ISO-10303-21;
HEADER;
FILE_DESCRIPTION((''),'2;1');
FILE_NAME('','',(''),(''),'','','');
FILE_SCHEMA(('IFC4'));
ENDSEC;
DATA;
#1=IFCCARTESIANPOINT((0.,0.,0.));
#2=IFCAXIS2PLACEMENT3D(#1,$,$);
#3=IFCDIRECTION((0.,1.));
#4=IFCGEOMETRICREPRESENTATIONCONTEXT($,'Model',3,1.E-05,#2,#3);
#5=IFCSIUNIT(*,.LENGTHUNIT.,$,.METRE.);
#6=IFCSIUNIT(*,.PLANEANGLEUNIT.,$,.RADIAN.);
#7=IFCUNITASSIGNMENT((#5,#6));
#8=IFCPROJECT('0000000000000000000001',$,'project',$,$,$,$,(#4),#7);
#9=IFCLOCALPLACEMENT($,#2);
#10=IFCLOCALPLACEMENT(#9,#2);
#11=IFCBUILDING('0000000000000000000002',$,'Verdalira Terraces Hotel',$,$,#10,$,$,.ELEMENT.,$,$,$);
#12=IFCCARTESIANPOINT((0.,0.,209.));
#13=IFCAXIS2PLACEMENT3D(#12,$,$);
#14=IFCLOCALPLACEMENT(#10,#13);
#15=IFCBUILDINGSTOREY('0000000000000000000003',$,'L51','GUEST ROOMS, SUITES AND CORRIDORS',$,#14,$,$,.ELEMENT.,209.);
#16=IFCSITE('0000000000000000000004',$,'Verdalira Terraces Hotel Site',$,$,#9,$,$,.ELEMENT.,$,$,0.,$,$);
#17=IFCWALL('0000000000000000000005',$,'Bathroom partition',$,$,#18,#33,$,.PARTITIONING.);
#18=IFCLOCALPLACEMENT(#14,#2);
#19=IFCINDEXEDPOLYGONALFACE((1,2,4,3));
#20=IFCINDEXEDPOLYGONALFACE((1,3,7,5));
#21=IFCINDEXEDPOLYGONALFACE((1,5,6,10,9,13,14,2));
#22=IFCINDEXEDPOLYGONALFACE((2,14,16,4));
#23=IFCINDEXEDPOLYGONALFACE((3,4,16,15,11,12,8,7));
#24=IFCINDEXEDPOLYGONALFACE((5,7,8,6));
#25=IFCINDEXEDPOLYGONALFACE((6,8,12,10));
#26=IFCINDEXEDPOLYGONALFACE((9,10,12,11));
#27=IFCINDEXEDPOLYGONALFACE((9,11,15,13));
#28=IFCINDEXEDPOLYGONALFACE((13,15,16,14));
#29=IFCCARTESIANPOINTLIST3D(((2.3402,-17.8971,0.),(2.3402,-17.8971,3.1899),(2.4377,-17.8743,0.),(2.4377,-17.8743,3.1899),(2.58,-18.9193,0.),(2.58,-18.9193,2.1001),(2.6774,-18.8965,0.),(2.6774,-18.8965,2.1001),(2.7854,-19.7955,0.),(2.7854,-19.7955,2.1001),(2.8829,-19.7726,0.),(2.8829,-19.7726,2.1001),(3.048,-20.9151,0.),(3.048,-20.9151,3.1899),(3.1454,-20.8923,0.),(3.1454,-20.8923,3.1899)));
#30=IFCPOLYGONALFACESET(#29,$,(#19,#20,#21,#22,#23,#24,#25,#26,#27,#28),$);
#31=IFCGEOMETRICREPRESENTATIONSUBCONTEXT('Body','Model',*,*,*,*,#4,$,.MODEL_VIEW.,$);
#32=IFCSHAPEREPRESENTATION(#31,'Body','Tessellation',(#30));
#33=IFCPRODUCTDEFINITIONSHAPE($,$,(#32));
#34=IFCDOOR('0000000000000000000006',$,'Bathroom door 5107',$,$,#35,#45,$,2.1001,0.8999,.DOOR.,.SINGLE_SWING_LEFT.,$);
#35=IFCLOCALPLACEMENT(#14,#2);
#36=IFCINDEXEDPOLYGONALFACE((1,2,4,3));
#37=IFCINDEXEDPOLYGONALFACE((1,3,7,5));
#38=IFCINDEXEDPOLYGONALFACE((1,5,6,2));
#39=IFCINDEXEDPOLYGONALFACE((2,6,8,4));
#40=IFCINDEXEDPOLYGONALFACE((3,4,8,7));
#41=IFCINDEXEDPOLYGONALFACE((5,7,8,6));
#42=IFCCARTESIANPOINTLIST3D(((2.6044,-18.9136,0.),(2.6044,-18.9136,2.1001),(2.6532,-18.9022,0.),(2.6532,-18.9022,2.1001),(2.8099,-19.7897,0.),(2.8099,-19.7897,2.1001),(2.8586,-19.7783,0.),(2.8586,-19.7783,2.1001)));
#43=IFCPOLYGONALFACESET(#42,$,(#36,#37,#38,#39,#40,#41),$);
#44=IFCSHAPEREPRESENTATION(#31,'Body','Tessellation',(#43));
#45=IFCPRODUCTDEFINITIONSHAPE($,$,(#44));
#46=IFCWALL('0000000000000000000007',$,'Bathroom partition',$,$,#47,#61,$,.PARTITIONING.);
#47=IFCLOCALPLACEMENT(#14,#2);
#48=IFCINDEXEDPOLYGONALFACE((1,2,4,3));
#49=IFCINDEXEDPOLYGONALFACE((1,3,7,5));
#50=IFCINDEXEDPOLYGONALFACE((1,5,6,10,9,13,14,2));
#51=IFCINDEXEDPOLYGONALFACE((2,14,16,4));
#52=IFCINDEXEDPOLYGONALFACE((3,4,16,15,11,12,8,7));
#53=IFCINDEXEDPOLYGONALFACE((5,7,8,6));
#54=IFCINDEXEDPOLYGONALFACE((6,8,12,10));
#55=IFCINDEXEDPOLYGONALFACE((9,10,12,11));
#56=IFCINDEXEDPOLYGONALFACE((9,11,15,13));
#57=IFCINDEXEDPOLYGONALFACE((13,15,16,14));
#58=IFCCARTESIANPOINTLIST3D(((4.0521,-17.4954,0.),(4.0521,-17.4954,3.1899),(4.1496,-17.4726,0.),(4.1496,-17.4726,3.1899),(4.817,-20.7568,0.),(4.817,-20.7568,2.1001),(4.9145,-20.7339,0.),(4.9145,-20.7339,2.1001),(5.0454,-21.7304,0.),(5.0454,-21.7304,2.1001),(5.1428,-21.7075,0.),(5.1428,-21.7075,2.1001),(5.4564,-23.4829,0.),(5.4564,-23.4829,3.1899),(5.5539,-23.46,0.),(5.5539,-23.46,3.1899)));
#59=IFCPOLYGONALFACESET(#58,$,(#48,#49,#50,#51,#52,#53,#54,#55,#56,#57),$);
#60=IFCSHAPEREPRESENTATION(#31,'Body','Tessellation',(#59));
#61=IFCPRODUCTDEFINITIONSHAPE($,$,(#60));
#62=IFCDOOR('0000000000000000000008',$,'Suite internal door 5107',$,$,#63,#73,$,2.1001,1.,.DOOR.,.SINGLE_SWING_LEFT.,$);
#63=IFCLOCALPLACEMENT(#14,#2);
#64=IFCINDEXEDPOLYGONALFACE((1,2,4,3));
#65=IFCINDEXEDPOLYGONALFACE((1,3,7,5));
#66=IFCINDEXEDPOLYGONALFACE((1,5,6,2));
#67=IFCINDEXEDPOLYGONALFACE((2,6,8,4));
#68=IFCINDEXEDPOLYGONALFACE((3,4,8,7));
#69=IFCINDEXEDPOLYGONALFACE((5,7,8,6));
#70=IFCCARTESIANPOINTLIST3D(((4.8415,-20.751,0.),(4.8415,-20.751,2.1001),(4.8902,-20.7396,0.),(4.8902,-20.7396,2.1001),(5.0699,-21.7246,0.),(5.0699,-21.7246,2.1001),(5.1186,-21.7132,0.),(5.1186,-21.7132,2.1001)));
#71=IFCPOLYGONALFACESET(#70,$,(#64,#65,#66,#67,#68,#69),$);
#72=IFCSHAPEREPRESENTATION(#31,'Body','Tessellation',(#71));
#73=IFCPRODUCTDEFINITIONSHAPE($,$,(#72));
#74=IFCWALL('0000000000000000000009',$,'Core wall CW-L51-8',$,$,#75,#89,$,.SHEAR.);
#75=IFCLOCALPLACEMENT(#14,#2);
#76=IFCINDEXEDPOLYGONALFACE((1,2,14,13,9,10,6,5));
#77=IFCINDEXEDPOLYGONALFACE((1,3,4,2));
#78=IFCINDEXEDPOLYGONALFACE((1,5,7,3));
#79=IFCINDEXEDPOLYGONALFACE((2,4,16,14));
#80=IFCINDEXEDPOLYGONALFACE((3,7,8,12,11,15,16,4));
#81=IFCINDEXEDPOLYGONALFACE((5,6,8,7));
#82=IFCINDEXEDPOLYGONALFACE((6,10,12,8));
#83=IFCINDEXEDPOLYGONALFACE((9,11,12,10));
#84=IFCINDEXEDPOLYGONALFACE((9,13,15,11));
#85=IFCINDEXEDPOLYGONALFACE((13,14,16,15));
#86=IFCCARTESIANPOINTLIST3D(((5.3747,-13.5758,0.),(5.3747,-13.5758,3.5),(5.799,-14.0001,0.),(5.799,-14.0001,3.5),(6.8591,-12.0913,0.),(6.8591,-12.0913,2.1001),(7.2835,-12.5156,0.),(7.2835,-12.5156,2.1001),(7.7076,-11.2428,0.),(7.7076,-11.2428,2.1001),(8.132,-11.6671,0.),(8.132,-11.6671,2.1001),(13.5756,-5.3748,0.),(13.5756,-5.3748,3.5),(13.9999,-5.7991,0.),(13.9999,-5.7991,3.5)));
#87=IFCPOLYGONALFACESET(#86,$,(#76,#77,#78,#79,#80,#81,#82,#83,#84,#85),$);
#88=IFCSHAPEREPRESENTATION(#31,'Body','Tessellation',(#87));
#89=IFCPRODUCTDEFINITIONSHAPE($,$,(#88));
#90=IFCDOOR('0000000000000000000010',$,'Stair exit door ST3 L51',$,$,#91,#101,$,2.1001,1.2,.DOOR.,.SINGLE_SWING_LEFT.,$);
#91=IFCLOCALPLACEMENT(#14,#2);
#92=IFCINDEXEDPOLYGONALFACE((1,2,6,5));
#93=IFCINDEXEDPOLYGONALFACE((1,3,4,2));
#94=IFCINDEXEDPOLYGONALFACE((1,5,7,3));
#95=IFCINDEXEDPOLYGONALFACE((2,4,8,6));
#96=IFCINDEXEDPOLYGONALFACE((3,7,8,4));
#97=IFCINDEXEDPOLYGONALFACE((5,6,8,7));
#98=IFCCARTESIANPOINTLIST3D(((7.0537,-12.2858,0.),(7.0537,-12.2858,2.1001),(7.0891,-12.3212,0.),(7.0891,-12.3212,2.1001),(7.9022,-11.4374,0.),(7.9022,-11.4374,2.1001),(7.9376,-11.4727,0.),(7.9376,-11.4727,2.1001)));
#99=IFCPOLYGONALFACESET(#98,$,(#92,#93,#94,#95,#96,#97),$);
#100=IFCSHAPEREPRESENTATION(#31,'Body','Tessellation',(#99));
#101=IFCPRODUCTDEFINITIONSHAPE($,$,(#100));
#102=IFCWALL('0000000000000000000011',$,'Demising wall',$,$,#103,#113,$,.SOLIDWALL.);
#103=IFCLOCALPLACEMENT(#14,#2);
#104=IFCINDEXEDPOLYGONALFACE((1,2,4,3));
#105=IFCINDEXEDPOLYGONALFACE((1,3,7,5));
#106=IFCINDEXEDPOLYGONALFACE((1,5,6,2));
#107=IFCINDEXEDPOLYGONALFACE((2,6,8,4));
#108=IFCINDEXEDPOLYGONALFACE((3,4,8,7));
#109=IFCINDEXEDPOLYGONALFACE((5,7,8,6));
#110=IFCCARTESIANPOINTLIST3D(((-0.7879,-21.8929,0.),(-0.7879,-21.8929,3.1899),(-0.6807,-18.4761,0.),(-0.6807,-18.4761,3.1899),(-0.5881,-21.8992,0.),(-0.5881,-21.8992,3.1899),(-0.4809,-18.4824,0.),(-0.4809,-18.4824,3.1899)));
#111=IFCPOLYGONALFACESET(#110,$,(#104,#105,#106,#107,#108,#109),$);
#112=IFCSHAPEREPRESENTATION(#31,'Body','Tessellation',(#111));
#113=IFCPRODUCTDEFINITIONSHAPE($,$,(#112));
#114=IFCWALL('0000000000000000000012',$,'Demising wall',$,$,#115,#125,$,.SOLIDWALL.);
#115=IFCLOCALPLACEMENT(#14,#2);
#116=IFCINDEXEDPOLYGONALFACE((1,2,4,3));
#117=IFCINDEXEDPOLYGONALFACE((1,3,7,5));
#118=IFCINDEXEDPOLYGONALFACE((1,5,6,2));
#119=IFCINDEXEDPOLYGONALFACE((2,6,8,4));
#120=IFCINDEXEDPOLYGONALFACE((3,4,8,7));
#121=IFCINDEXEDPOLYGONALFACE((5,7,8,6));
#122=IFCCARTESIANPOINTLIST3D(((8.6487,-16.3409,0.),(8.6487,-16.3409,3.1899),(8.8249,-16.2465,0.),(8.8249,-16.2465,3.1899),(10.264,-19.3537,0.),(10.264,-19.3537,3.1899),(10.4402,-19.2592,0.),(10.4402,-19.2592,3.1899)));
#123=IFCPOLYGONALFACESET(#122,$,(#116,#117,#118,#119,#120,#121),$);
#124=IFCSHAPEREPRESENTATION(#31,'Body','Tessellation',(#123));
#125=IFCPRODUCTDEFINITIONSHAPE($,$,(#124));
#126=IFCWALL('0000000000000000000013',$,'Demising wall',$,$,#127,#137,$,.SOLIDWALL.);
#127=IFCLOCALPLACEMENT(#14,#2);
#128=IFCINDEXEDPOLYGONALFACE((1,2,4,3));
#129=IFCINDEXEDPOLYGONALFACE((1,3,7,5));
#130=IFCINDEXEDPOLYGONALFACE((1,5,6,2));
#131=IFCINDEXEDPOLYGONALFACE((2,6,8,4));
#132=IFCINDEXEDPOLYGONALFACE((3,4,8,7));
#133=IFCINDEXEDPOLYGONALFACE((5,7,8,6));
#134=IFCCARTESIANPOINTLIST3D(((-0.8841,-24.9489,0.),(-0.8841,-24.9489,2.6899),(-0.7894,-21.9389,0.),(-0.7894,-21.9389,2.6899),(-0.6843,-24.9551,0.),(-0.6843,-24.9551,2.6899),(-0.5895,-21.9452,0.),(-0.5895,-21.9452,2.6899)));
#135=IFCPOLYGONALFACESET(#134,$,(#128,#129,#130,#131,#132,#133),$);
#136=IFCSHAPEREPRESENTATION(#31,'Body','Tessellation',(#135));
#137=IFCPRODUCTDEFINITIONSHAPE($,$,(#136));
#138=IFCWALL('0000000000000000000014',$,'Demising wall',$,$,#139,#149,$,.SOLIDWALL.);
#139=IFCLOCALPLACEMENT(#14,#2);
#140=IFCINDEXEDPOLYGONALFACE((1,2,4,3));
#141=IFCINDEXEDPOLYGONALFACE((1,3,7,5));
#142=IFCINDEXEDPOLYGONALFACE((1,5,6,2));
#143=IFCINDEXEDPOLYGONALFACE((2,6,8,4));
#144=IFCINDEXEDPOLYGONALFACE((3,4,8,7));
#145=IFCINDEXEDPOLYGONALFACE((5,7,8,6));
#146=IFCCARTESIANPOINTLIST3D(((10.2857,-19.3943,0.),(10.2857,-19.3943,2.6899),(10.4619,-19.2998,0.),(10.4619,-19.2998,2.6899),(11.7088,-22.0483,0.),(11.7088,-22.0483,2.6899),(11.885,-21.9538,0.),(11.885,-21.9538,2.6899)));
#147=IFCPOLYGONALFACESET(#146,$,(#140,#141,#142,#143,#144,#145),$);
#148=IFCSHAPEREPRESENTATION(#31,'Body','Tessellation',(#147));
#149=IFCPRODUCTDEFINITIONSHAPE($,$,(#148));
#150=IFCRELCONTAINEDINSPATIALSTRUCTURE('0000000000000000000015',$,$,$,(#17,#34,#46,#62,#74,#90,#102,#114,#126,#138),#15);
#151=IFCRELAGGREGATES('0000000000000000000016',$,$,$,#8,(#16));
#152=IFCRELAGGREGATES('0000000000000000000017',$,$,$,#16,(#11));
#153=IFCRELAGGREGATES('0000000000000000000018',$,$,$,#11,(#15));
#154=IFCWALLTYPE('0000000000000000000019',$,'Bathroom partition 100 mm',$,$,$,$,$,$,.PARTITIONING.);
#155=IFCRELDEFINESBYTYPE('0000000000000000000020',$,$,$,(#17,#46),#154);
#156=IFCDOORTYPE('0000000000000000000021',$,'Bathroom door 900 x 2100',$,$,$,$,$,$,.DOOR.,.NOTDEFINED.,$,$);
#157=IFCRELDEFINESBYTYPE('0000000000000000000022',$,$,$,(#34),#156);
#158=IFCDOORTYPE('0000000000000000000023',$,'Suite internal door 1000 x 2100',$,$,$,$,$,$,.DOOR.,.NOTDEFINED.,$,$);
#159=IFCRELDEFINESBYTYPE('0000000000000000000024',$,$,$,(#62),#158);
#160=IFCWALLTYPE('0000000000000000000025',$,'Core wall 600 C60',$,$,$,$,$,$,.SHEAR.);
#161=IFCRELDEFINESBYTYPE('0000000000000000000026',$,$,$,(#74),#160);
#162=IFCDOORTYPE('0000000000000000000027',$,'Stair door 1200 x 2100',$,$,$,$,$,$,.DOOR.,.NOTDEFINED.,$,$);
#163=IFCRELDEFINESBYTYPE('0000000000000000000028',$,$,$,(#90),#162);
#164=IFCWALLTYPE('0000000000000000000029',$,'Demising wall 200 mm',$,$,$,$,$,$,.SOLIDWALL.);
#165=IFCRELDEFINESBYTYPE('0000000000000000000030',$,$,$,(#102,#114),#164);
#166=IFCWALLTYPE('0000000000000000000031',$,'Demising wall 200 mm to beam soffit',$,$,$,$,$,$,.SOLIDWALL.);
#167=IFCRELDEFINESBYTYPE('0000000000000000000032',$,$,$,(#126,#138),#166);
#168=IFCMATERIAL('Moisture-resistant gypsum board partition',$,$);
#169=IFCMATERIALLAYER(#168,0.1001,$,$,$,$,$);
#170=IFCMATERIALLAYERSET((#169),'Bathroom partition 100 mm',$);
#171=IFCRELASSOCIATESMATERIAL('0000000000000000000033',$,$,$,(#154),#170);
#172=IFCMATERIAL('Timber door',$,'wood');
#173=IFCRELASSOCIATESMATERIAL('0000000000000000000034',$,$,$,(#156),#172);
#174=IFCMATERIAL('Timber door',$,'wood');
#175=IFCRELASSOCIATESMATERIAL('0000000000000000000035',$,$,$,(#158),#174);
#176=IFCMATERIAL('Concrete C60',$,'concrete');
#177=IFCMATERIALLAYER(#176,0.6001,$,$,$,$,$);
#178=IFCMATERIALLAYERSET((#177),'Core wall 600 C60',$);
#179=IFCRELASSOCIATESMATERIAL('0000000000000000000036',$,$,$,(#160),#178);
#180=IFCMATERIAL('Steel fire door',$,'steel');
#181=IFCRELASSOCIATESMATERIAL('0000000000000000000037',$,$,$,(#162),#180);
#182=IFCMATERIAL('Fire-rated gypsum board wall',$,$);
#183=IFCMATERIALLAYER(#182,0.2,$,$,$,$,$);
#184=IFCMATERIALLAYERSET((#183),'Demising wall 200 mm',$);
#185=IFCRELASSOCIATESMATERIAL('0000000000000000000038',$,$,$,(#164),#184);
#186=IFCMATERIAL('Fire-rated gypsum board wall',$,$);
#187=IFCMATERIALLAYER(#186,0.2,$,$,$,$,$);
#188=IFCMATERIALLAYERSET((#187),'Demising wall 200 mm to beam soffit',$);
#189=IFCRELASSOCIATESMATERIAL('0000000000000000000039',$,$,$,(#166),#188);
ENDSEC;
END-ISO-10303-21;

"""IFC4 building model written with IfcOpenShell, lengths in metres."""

from ifc_helpers import new_model, si_unit, direction, frame, frame_2d, origin, place, context, subcontext, project, spatial, rectangle, extrude, material, layer, layer_set, type_object, element, fill, save


model = new_model("IFC4")

# Units and contexts
model_context = context("Model", 3, precision=1e-05, world=origin(), true_north=direction((0.0, 1.0)))
body_context = subcontext(model_context, "Body", "Model", "MODEL_VIEW")
ifc_project = project(units=[si_unit("LENGTHUNIT", "METRE"), si_unit("PLANEANGLEUNIT", "RADIAN")], contexts=[model_context])

# Site, building, storey
site_placement = place(None, origin())
site = spatial("IfcSite", under=ifc_project, at=site_placement, Name="Verdalira Terraces Hotel Site", CompositionType="ELEMENT", RefElevation=0.0)
building_placement = place(site_placement, origin())
building = spatial("IfcBuilding", under=site, at=building_placement, Name="Verdalira Terraces Hotel", CompositionType="ELEMENT")
storey_placement = place(building_placement, frame((0.0, 0.0, 209.0)))
storey = spatial("IfcBuildingStorey", under=building, at=storey_placement, Name="L51", Description="GUEST ROOMS, SUITES AND CORRIDORS", CompositionType="ELEMENT", Elevation=209.0)

# Shared definitions
ifc_material_1 = material(Name="Moisture-resistant gypsum board partition")
ifc_layer_1 = layer(ifc_material_1, 0.1001)
ifc_layer_set_1 = layer_set([ifc_layer_1], Name="Bathroom partition 100 mm")
wall_type_1 = type_object("IfcWallType", Name="Bathroom partition 100 mm", PredefinedType="PARTITIONING", material=ifc_layer_set_1)

# Walls, openings, doors
wall_1_placement = place(storey_placement, frame((3.0967, -20.9036, 0.0), z_axis=(0.0, 0.0, 1.0), x_axis=(-0.228315, 0.973587, 0.0)))
wall_1 = element("IfcWall", 1, at=wall_1_placement, inside=storey, type_object=wall_type_1, Name="Bathroom partition", PredefinedType="PARTITIONING", context=body_context, shape_type="SweptSolid", body=[
    extrude(rectangle(XDim=3.0999, YDim=0.1001, at=frame_2d((1.5498, 0.0))), origin(), (0.0, 0.0, 1.0), 3.1899),
])
opening_1_placement = place(wall_1_placement, frame((1.1499, 0.0, 0.0)))
opening_1 = element("IfcOpeningElement", 2, at=opening_1_placement, cuts=wall_1, PredefinedType="OPENING", context=body_context, shape_type="SweptSolid", body=[
    extrude(rectangle(XDim=0.8999, YDim=2.1001, at=frame_2d((0.45, 1.05))), frame((0.0, 0.0601, 0.0), z_axis=(0.0, -1.0, 0.0), x_axis=(1.0, 0.0, 0.0)), (0.0, 0.0, 1.0), 0.1201),
])
ifc_material_2 = material(Name="Timber door", Category="wood")
door_type_1 = type_object("IfcDoorType", Name="Bathroom door 900 x 2100", OperationType="NOTDEFINED", PredefinedType="DOOR", material=ifc_material_2)
door_1_placement = place(opening_1_placement, origin())
door_1 = element("IfcDoor", 3, at=door_1_placement, inside=storey, type_object=door_type_1, Name="Bathroom door 5107", OperationType="SINGLE_SWING_LEFT", OverallHeight=2.1001, OverallWidth=0.8999, PredefinedType="DOOR", context=body_context, shape_type="SweptSolid", body=[
    extrude(rectangle(XDim=0.8999, YDim=2.1001, at=frame_2d((0.45, 1.05))), frame((0.0, 0.0249, 0.0), z_axis=(0.0, -1.0, 0.0), x_axis=(1.0, 0.0, 0.0)), (0.0, 0.0, 1.0), 0.05),
])
fill(opening_1, door_1)
wall_2_placement = place(storey_placement, frame((5.5051, -23.4714, 0.0), z_axis=(0.0, 0.0, 1.0), x_axis=(-0.22834, 0.973581, 0.0)))
wall_2 = element("IfcWall", 4, at=wall_2_placement, inside=storey, type_object=wall_type_1, Name="Bathroom partition", PredefinedType="PARTITIONING", context=body_context, shape_type="SweptSolid", body=[
    extrude(rectangle(XDim=6.1499, YDim=0.1001, at=frame_2d((3.075, 0.0))), origin(), (0.0, 0.0, 1.0), 3.1899),
])
opening_2_placement = place(wall_2_placement, frame((1.8, 0.0, 0.0)))
opening_2 = element("IfcOpeningElement", 5, at=opening_2_placement, cuts=wall_2, PredefinedType="OPENING", context=body_context, shape_type="SweptSolid", body=[
    extrude(rectangle(XDim=1.0, YDim=2.1001, at=frame_2d((0.5, 1.05))), frame((0.0, 0.0601, 0.0), z_axis=(0.0, -1.0, 0.0), x_axis=(1.0, 0.0, 0.0)), (0.0, 0.0, 1.0), 0.1201),
])
ifc_material_3 = material(Name="Timber door", Category="wood")
door_type_2 = type_object("IfcDoorType", Name="Suite internal door 1000 x 2100", OperationType="NOTDEFINED", PredefinedType="DOOR", material=ifc_material_3)
door_2_placement = place(opening_2_placement, origin())
door_2 = element("IfcDoor", 6, at=door_2_placement, inside=storey, type_object=door_type_2, Name="Suite internal door 5107", OperationType="SINGLE_SWING_LEFT", OverallHeight=2.1001, OverallWidth=1.0, PredefinedType="DOOR", context=body_context, shape_type="SweptSolid", body=[
    extrude(rectangle(XDim=1.0, YDim=2.1001, at=frame_2d((0.5, 1.05))), frame((0.0, 0.0249, 0.0), z_axis=(0.0, -1.0, 0.0), x_axis=(1.0, 0.0, 0.0)), (0.0, 0.0, 1.0), 0.05),
])
fill(opening_2, door_2)
ifc_material_4 = material(Name="Concrete C60", Category="concrete")
ifc_layer_2 = layer(ifc_material_4, 0.6001)
ifc_layer_set_2 = layer_set([ifc_layer_2], Name="Core wall 600 C60")
wall_type_2 = type_object("IfcWallType", Name="Core wall 600 C60", PredefinedType="SHEAR", material=ifc_layer_set_2)
wall_3_placement = place(storey_placement, frame((5.5869, -13.7878, 0.0), z_axis=(0.0, 0.0, 1.0), x_axis=(0.707107, 0.707107, 0.0)))
wall_3 = element("IfcWall", 7, at=wall_3_placement, inside=storey, type_object=wall_type_2, Name="Core wall CW-L51-8", PredefinedType="SHEAR", context=body_context, shape_type="SweptSolid", body=[
    extrude(rectangle(XDim=11.5979, YDim=0.6001, at=frame_2d((5.7988, 0.0))), origin(), (0.0, 0.0, 1.0), 3.5),
])
opening_3_placement = place(wall_3_placement, frame((2.0991, 0.0, 0.0)))
opening_3 = element("IfcOpeningElement", 8, at=opening_3_placement, cuts=wall_3, PredefinedType="OPENING", context=body_context, shape_type="SweptSolid", body=[
    extrude(rectangle(XDim=1.2, YDim=2.1001, at=frame_2d((0.6001, 1.05))), frame((0.0, 0.3101, 0.0), z_axis=(0.0, -1.0, 0.0), x_axis=(1.0, 0.0, 0.0)), (0.0, 0.0, 1.0), 0.6201),
])
ifc_material_5 = material(Name="Steel fire door", Category="steel")
door_type_3 = type_object("IfcDoorType", Name="Stair door 1200 x 2100", OperationType="NOTDEFINED", PredefinedType="DOOR", material=ifc_material_5)
door_3_placement = place(opening_3_placement, origin())
door_3 = element("IfcDoor", 9, at=door_3_placement, inside=storey, type_object=door_type_3, Name="Stair exit door ST3 L51", OperationType="SINGLE_SWING_LEFT", OverallHeight=2.1001, OverallWidth=1.2, PredefinedType="DOOR", context=body_context, shape_type="SweptSolid", body=[
    extrude(rectangle(XDim=1.2, YDim=2.1001, at=frame_2d((0.6001, 1.05))), frame((0.0, 0.0249, 0.0), z_axis=(0.0, -1.0, 0.0), x_axis=(1.0, 0.0, 0.0)), (0.0, 0.0, 1.0), 0.05),
])
fill(opening_3, door_3)

# Walls
ifc_material_6 = material(Name="Fire-rated gypsum board wall")
ifc_layer_3 = layer(ifc_material_6, 0.2)
ifc_layer_set_3 = layer_set([ifc_layer_3], Name="Demising wall 200 mm")
wall_type_3 = type_object("IfcWallType", Name="Demising wall 200 mm", PredefinedType="SOLIDWALL", material=ifc_layer_set_3)
for number, where, z_axis, x_axis, name in (
    (10, (-0.5808, -18.4792, 0.0), (0.0, 0.0, 1.0), (-0.031353, -0.999508, 0.0), "Demising wall"),
    (11, (8.7368, -16.2937, 0.0), (0.0, 0.0, 1.0), (0.472515, -0.881323, 0.0), "Demising wall"),
):
    element("IfcWall", number, at=place(storey_placement, frame(where, z_axis=z_axis, x_axis=x_axis)), inside=storey, type_object=wall_type_3, Name=name, PredefinedType="SOLIDWALL", context=body_context, shape_type="SweptSolid", body=[
        extrude(rectangle(XDim=3.4185, YDim=0.2, at=frame_2d((1.7092, 0.0))), origin(), (0.0, 0.0, 1.0), 3.1899),
    ])
ifc_material_7 = material(Name="Fire-rated gypsum board wall")
ifc_layer_4 = layer(ifc_material_7, 0.2)
ifc_layer_set_4 = layer_set([ifc_layer_4], Name="Demising wall 200 mm to beam soffit")
wall_type_4 = type_object("IfcWallType", Name="Demising wall 200 mm to beam soffit", PredefinedType="SOLIDWALL", material=ifc_layer_set_4)
for number, where, z_axis, x_axis, name in (
    (12, (-0.6895, -21.9419, 0.0), (0.0, 0.0, 1.0), (-0.031455, -0.999505, 0.0), "Demising wall"),
    (13, (10.3738, -19.3469, 0.0), (0.0, 0.0, 1.0), (0.472552, -0.881303, 0.0), "Demising wall"),
):
    element("IfcWall", number, at=place(storey_placement, frame(where, z_axis=z_axis, x_axis=x_axis)), inside=storey, type_object=wall_type_4, Name=name, PredefinedType="SOLIDWALL", context=body_context, shape_type="SweptSolid", body=[
        extrude(rectangle(XDim=3.0115, YDim=0.2, at=frame_2d((1.5059, 0.0))), origin(), (0.0, 0.0, 1.0), 2.6899),
    ])

save(model, "model.ifc")
